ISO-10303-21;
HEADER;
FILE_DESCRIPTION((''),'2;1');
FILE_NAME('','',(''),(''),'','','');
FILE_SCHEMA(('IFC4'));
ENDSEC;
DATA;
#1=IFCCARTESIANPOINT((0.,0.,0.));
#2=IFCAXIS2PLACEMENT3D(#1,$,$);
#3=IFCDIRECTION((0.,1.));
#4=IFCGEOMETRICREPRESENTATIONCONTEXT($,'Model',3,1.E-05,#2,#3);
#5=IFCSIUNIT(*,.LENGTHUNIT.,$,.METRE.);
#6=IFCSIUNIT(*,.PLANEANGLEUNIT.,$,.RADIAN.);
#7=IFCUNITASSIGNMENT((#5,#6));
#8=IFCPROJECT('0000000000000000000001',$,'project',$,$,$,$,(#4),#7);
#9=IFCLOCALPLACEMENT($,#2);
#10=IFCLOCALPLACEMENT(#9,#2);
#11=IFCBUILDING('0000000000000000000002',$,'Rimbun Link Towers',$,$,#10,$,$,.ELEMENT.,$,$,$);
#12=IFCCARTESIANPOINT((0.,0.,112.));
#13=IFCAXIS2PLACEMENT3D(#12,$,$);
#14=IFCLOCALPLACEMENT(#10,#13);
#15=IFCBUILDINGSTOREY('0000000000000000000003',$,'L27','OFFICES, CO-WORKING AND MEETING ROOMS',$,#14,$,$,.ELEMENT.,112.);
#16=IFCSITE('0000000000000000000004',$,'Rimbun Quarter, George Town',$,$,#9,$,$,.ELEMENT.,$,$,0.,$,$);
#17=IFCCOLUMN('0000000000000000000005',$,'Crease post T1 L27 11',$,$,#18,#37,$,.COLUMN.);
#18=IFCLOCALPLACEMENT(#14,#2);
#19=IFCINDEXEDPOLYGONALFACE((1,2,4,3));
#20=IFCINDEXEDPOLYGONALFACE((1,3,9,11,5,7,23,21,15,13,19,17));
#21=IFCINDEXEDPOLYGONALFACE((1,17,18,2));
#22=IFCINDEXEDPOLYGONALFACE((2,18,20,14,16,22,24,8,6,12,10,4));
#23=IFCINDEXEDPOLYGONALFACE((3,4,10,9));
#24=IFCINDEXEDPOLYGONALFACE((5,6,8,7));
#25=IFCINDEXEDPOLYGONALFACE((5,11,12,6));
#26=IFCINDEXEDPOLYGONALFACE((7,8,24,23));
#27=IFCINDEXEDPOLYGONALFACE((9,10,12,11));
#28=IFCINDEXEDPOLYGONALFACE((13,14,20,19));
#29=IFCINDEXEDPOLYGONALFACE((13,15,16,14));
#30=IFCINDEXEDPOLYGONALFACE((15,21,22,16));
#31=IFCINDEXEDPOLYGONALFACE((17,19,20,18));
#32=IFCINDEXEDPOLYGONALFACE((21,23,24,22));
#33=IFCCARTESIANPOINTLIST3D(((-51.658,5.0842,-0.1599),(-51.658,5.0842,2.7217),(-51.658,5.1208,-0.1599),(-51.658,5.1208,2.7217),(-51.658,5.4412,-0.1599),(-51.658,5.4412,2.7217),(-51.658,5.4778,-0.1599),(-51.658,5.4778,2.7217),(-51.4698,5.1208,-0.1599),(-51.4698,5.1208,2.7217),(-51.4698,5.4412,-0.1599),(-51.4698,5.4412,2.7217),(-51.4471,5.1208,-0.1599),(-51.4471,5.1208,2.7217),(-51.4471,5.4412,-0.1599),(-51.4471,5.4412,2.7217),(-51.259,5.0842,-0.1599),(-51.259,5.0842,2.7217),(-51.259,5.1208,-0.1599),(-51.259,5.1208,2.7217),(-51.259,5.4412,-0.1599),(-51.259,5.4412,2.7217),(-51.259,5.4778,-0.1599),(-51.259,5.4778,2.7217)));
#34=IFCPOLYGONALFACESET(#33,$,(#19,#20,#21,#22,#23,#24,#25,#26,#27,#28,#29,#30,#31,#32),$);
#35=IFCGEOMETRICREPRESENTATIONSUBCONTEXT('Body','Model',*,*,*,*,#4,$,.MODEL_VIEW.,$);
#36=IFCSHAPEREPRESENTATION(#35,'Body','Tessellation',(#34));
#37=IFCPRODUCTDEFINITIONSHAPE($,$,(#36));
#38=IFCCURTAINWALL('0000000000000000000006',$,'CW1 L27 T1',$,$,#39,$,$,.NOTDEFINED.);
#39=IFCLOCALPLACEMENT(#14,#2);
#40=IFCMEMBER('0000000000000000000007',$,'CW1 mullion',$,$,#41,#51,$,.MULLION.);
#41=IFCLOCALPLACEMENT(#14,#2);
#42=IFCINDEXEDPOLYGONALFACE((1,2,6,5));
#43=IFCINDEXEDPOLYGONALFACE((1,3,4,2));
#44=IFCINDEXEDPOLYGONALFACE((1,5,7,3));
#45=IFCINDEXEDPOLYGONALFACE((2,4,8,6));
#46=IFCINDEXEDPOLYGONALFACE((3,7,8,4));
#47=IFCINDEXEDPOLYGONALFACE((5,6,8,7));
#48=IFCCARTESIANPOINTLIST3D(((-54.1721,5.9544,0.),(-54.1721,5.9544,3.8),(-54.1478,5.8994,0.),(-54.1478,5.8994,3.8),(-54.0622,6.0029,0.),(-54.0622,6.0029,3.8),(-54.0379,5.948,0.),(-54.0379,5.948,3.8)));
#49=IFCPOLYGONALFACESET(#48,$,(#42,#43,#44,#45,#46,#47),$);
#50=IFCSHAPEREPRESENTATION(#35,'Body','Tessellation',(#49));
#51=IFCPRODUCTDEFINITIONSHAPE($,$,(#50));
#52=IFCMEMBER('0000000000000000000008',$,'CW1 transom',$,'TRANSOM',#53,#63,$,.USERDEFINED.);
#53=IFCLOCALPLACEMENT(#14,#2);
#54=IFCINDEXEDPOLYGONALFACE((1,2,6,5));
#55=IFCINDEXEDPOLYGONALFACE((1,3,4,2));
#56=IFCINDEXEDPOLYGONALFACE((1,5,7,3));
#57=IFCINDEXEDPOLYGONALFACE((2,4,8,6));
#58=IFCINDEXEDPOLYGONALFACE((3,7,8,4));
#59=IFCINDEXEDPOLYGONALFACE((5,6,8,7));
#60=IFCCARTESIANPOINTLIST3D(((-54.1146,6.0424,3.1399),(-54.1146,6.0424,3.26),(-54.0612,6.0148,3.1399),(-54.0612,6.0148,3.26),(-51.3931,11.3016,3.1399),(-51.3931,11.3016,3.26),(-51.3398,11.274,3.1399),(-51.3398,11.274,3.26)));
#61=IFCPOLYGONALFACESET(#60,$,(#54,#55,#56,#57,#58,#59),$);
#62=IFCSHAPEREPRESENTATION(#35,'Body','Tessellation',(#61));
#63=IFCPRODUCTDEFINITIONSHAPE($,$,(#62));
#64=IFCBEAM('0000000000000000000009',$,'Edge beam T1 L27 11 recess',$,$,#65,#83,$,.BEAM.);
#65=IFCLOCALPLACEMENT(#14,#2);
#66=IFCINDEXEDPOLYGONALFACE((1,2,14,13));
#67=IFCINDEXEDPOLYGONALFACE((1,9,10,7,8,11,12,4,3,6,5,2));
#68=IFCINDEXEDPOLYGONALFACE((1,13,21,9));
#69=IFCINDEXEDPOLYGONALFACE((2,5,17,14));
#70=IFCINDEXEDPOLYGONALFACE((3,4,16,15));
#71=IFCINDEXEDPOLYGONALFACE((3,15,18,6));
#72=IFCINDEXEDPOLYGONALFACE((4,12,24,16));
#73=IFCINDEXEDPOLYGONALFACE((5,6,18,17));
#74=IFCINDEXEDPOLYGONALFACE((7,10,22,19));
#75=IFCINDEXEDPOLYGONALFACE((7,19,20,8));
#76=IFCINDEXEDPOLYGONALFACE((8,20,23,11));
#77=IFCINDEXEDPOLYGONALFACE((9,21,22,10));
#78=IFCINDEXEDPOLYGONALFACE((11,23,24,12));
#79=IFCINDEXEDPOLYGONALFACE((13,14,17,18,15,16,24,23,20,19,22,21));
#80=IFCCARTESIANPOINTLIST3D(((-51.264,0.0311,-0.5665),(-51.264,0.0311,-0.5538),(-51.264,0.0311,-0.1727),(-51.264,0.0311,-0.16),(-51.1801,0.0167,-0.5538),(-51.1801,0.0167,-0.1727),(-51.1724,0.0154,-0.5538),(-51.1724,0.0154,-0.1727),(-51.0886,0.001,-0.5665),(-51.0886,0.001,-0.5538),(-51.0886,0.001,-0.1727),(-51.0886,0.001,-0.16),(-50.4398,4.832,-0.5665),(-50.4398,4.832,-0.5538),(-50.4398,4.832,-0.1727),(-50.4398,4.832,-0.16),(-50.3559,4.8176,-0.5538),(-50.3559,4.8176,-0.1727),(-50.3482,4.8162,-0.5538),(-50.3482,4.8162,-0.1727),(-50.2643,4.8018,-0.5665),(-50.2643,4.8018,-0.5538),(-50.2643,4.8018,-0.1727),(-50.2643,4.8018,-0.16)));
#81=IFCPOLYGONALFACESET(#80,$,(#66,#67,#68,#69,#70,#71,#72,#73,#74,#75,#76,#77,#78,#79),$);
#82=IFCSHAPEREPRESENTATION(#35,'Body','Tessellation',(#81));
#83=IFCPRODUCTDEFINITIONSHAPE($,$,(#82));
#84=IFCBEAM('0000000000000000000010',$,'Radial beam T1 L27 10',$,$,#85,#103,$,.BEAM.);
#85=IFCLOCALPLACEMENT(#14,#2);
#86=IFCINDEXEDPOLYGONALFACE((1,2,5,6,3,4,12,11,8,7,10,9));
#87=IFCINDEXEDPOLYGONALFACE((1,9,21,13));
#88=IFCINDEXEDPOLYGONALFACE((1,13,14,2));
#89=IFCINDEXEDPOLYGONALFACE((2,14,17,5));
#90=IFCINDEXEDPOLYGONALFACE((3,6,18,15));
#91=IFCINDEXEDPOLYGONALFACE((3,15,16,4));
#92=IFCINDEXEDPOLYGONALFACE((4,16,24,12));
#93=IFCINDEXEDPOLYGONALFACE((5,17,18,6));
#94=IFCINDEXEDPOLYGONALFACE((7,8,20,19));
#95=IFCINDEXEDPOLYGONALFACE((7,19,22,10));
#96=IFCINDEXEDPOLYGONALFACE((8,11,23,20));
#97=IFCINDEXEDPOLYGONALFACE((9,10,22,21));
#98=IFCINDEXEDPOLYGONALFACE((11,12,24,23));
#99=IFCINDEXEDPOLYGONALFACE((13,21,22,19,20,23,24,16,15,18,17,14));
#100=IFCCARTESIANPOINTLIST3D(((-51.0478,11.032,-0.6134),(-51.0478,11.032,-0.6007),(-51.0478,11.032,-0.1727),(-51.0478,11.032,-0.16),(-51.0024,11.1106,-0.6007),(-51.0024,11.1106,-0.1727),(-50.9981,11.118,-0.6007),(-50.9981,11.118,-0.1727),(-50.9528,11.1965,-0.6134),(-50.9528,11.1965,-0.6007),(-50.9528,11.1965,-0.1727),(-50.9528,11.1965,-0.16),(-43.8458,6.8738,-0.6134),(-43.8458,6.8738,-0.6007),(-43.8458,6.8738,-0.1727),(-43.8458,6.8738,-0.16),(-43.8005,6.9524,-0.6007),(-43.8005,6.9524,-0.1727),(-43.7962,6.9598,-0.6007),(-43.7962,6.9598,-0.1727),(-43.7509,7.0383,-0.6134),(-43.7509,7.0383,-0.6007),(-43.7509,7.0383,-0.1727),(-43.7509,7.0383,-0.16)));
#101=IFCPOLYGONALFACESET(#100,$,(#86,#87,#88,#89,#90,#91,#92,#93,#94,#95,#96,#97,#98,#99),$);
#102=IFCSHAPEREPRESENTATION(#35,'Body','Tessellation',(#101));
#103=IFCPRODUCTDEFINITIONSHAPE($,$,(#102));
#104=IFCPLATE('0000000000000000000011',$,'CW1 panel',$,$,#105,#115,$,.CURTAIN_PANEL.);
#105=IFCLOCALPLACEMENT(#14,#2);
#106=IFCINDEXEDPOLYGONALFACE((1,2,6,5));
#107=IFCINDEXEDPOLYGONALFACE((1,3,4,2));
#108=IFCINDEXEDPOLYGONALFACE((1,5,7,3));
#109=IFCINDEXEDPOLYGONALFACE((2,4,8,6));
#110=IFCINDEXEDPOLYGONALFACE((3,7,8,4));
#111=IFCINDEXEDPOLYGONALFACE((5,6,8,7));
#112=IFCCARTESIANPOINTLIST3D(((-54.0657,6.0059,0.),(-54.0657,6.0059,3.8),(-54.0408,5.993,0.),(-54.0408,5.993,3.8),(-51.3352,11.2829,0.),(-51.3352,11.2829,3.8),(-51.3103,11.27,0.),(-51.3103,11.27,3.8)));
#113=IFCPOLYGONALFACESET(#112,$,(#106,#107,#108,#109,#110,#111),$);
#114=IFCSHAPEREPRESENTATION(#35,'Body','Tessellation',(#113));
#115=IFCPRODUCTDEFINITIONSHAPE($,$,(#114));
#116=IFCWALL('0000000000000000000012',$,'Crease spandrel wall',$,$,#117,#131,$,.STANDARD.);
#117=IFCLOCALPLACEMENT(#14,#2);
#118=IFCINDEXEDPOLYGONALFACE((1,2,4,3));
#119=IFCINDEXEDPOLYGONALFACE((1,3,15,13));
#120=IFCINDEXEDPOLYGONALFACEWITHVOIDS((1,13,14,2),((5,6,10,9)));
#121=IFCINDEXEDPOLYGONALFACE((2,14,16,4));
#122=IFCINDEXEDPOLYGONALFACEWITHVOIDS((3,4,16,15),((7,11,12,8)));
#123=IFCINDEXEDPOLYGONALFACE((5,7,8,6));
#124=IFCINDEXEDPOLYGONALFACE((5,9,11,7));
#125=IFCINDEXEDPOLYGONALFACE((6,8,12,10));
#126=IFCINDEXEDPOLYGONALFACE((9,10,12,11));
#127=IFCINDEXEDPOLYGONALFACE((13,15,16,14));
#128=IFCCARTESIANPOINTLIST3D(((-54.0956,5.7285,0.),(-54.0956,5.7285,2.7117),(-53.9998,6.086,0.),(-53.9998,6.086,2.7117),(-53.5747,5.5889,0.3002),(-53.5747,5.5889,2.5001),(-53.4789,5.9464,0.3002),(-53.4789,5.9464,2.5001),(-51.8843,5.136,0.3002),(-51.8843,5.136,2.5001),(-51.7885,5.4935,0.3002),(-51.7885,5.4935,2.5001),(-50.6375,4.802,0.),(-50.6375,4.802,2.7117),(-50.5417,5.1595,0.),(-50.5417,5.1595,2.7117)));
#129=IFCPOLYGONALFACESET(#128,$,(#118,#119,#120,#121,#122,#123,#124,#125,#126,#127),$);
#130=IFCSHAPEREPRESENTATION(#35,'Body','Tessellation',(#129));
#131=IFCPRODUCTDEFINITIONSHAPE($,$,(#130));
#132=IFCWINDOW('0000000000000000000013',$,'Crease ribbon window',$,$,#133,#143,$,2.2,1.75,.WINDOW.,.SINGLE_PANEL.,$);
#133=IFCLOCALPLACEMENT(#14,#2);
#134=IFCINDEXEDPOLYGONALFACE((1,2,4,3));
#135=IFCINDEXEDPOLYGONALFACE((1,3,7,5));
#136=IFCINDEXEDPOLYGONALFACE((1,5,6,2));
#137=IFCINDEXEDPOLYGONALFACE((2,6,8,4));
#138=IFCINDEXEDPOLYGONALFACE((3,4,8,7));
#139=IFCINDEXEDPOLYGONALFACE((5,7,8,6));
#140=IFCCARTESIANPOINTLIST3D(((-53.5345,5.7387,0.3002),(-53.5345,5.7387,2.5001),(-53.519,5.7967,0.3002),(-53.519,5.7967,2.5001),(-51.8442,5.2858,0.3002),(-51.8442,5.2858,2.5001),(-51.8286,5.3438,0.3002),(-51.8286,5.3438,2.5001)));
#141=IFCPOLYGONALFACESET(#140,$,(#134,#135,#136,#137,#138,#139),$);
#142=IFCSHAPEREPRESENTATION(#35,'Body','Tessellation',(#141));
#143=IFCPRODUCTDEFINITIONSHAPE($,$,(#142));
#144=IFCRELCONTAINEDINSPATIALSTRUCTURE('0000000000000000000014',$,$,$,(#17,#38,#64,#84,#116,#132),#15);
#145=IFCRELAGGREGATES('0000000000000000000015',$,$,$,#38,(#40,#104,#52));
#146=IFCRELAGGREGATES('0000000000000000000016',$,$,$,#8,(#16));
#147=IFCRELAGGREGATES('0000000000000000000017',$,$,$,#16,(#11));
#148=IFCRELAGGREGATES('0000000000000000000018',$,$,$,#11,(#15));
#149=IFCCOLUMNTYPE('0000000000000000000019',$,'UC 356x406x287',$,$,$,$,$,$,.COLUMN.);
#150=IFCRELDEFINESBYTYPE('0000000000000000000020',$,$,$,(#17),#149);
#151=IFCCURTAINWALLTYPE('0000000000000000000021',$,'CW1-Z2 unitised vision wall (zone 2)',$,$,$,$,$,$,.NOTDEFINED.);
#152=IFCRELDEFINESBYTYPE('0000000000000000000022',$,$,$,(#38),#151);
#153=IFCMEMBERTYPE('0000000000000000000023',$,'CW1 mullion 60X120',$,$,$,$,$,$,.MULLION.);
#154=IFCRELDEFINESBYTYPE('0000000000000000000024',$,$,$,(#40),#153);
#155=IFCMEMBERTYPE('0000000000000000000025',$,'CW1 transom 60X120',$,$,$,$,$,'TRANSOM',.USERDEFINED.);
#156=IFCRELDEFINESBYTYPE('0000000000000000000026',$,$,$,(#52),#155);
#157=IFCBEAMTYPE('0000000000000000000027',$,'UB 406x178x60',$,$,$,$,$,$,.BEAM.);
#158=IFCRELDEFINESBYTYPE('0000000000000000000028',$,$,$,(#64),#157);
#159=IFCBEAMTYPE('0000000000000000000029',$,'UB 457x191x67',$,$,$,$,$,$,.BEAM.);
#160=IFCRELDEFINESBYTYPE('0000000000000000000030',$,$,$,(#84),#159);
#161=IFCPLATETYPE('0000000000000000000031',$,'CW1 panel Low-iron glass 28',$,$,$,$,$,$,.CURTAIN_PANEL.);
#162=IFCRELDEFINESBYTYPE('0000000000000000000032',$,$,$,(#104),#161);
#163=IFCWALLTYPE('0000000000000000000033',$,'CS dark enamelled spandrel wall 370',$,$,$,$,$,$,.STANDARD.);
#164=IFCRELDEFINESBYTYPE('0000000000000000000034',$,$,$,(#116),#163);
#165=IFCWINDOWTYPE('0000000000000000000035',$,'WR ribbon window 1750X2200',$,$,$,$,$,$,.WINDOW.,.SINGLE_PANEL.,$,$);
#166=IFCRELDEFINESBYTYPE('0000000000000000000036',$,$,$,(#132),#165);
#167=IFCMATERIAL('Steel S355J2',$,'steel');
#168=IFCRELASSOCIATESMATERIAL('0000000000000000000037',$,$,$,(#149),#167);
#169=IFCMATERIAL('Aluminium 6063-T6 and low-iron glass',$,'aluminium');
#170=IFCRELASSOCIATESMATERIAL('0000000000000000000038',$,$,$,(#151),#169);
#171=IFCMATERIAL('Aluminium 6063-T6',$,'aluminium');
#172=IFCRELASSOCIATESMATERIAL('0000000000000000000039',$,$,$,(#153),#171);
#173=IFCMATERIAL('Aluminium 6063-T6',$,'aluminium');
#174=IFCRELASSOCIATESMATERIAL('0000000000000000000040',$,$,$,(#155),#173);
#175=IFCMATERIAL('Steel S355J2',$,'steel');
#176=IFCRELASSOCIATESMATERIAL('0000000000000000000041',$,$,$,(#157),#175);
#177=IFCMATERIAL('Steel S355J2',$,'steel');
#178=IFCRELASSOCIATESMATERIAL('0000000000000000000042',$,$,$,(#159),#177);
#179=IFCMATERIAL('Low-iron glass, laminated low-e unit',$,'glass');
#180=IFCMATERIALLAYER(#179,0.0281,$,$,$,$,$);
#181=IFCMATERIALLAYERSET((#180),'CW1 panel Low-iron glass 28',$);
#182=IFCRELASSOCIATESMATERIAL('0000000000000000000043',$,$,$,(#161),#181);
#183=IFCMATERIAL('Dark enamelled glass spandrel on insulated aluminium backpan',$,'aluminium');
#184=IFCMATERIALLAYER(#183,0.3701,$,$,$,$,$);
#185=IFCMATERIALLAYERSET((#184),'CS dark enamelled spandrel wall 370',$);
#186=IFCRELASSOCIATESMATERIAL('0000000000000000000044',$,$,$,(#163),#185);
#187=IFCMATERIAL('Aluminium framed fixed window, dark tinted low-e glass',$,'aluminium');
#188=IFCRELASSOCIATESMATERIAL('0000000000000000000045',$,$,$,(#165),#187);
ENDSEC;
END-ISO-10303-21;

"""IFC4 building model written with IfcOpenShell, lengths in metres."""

from ifc_helpers import new_model, si_unit, direction, frame, frame_2d, origin, origin_2d, place, context, subcontext, project, spatial, rectangle, i_section, extrude, material, layer, layer_set, material_profile, profile_set, type_object, element, fill, aggregate, save


model = new_model("IFC4")

# Units and contexts
model_context = context("Model", 3, precision=1e-05, world=origin(), true_north=direction((0.0, 1.0)))
body_context = subcontext(model_context, "Body", "Model", "MODEL_VIEW")
ifc_project = project(units=[si_unit("LENGTHUNIT", "METRE"), si_unit("PLANEANGLEUNIT", "RADIAN")], contexts=[model_context])

# Site, building, storey
site_placement = place(None, origin())
site = spatial("IfcSite", under=ifc_project, at=site_placement, Name="Rimbun Quarter, George Town", CompositionType="ELEMENT", RefElevation=0.0)
building_placement = place(site_placement, origin())
building = spatial("IfcBuilding", under=site, at=building_placement, Name="Rimbun Link Towers", CompositionType="ELEMENT")
storey_placement = place(building_placement, frame((0.0, 0.0, 112.0)))
storey = spatial("IfcBuildingStorey", under=building, at=storey_placement, Name="L27", Description="OFFICES, CO-WORKING AND MEETING ROOMS", CompositionType="ELEMENT", Elevation=112.0)

# Column
ifc_material_1 = material(Name="Steel S355J2", Category="steel")
ifc_material_profile_1 = material_profile(ifc_material_1, i_section(OverallWidth=0.3989, OverallDepth=0.3936, WebThickness=0.0227, FlangeThickness=0.0366, at=origin_2d()), Name="UC 356x406x287")
ifc_profile_set_1 = profile_set([ifc_material_profile_1], Name="Steel S355J2")
column_type = type_object("IfcColumnType", Name="UC 356x406x287", PredefinedType="COLUMN", material=ifc_profile_set_1)
column_placement = place(storey_placement, frame((-51.4585, 5.281, -0.1599), z_axis=(0.0, 0.0, 1.0), x_axis=(1.0, 0.0, 0.0)))
element("IfcColumn", 1, at=column_placement, inside=storey, type_object=column_type, Name="Crease post T1 L27 11", PredefinedType="COLUMN", context=body_context, shape_type="SweptSolid", body=[
    extrude(i_section(OverallWidth=0.3989, OverallDepth=0.3936, WebThickness=0.0227, FlangeThickness=0.0366, at=origin_2d()), origin(), (0.0, 0.0, 1.0), 2.8816),
])

# Curtain wall, members
ifc_material_2 = material(Name="Aluminium 6063-T6 and low-iron glass", Category="aluminium")
curtain_wall_type = type_object("IfcCurtainWallType", Name="CW1-Z2 unitised vision wall (zone 2)", PredefinedType="NOTDEFINED", material=ifc_material_2)
curtain_wall_placement = place(storey_placement, origin())
curtain_wall = element("IfcCurtainWall", 2, at=curtain_wall_placement, inside=storey, type_object=curtain_wall_type, Name="CW1 L27 T1", PredefinedType="NOTDEFINED")
ifc_material_3 = material(Name="Aluminium 6063-T6", Category="aluminium")
ifc_material_profile_2 = material_profile(ifc_material_3, rectangle(XDim=0.1201, YDim=0.0601, at=origin_2d()), Name="MULLION 60X120")
ifc_profile_set_2 = profile_set([ifc_material_profile_2], Name="Aluminium 6063-T6")
member_type_1 = type_object("IfcMemberType", Name="CW1 mullion 60X120", PredefinedType="MULLION", material=ifc_profile_set_2)
member_1_placement = place(storey_placement, frame((-54.105, 5.9512, 0.0), z_axis=(0.0, 0.0, 1.0), x_axis=(-0.914815, -0.403873, 0.0)))
member_1 = element("IfcMember", 3, at=member_1_placement, type_object=member_type_1, Name="CW1 mullion", PredefinedType="MULLION", context=body_context, shape_type="SweptSolid", body=[
    extrude(rectangle(XDim=0.1201, YDim=0.0601, at=origin_2d()), origin(), (0.0, 0.0, 1.0), 3.8),
])
ifc_material_4 = material(Name="Aluminium 6063-T6", Category="aluminium")
ifc_material_profile_3 = material_profile(ifc_material_4, rectangle(XDim=0.0601, YDim=0.1201, at=origin_2d()), Name="TRANSOM 60X120")
ifc_profile_set_3 = profile_set([ifc_material_profile_3], Name="Aluminium 6063-T6")
member_type_2 = type_object("IfcMemberType", Name="CW1 transom 60X120", ElementType="TRANSOM", PredefinedType="USERDEFINED", material=ifc_profile_set_3)
member_2_placement = place(storey_placement, frame((-54.0879, 6.0286, 3.2), z_axis=(0.459572, 0.88814, 0.0), x_axis=(-0.88814, 0.459572, 0.0)))
member_2 = element("IfcMember", 4, at=member_2_placement, type_object=member_type_2, Name="CW1 transom", ObjectType="TRANSOM", PredefinedType="USERDEFINED", context=body_context, shape_type="SweptSolid", body=[
    extrude(rectangle(XDim=0.0601, YDim=0.1201, at=origin_2d()), origin(), (0.0, 0.0, 1.0), 5.9216),
])

# Beams
ifc_material_5 = material(Name="Steel S355J2", Category="steel")
ifc_material_profile_4 = material_profile(ifc_material_5, i_section(OverallWidth=0.178, OverallDepth=0.4065, WebThickness=0.0078, FlangeThickness=0.0127, at=origin_2d()), Name="UB 406x178x60")
ifc_profile_set_4 = profile_set([ifc_material_profile_4], Name="Steel S355J2")
beam_type_1 = type_object("IfcBeamType", Name="UB 406x178x60", PredefinedType="BEAM", material=ifc_profile_set_4)
beam_1_placement = place(storey_placement, frame((-50.3521, 4.8169, -0.3633), z_axis=(-0.169209, -0.98558, 0.0), x_axis=(0.98558, -0.169209, 0.0)))
element("IfcBeam", 5, at=beam_1_placement, inside=storey, type_object=beam_type_1, Name="Edge beam T1 L27 11 recess", PredefinedType="BEAM", context=body_context, shape_type="SweptSolid", body=[
    extrude(i_section(OverallWidth=0.178, OverallDepth=0.4065, WebThickness=0.0078, FlangeThickness=0.0127, at=origin_2d()), origin(), (0.0, 0.0, 1.0), 4.8711),
])
ifc_material_6 = material(Name="Steel S355J2", Category="steel")
ifc_material_profile_5 = material_profile(ifc_material_6, i_section(OverallWidth=0.1899, OverallDepth=0.4534, WebThickness=0.0085, FlangeThickness=0.0127, at=origin_2d()), Name="UB 457x191x67")
ifc_profile_set_5 = profile_set([ifc_material_profile_5], Name="Steel S355J2")
beam_type_2 = type_object("IfcBeamType", Name="UB 457x191x67", PredefinedType="BEAM", material=ifc_profile_set_5)
beam_2_placement = place(storey_placement, frame((-43.7983, 6.9561, -0.3867), z_axis=(-0.866016, 0.500016, 0.0), x_axis=(-0.500016, -0.866016, 0.0)))
element("IfcBeam", 6, at=beam_2_placement, inside=storey, type_object=beam_type_2, Name="Radial beam T1 L27 10", PredefinedType="BEAM", context=body_context, shape_type="SweptSolid", body=[
    extrude(i_section(OverallWidth=0.1899, OverallDepth=0.4534, WebThickness=0.0085, FlangeThickness=0.0127, at=origin_2d()), origin(), (0.0, 0.0, 1.0), 8.3162),
])

# Plate
ifc_material_7 = material(Name="Low-iron glass, laminated low-e unit", Category="glass")
ifc_layer_1 = layer(ifc_material_7, 0.0281)
ifc_layer_set_1 = layer_set([ifc_layer_1], Name="CW1 panel Low-iron glass 28")
plate_type = type_object("IfcPlateType", Name="CW1 panel Low-iron glass 28", PredefinedType="CURTAIN_PANEL", material=ifc_layer_set_1)
plate_placement = place(storey_placement, frame((-52.688, 8.6379, 0.0), z_axis=(0.0, 0.0, 1.0), x_axis=(0.459555, 0.888149, 0.0)))
plate = element("IfcPlate", 7, at=plate_placement, type_object=plate_type, Name="CW1 panel", PredefinedType="CURTAIN_PANEL", context=body_context, shape_type="SweptSolid", body=[
    extrude(rectangle(XDim=5.9417, YDim=0.0281, at=origin_2d()), origin(), (0.0, 0.0, 1.0), 3.8),
])
aggregate(curtain_wall, [member_1, plate, member_2])

# Wall, opening, window
ifc_material_8 = material(Name="Dark enamelled glass spandrel on insulated aluminium backpan", Category="aluminium")
ifc_layer_2 = layer(ifc_material_8, 0.3701)
ifc_layer_set_2 = layer_set([ifc_layer_2], Name="CS dark enamelled spandrel wall 370")
wall_type_1 = type_object("IfcWallType", Name="CS dark enamelled spandrel wall 370", PredefinedType="STANDARD", material=ifc_layer_set_2)
wall_1_placement = place(storey_placement, frame((-50.5896, 4.9807, 0.0), z_axis=(0.0, 0.0, 1.0), x_axis=(-0.96593, 0.258804, 0.0)))
wall_1 = element("IfcWall", 8, at=wall_1_placement, inside=storey, type_object=wall_type_1, Name="Crease spandrel wall", PredefinedType="STANDARD", context=body_context, shape_type="SweptSolid", body=[
    extrude(rectangle(XDim=3.5801, YDim=0.3701, at=frame_2d((1.79, 0.0))), origin(), (0.0, 0.0, 1.0), 2.7117),
])
opening_1_placement = place(wall_1_placement, frame((1.2908, 0.0, 0.3)))
opening_1 = element("IfcOpeningElement", 9, at=opening_1_placement, cuts=wall_1, PredefinedType="OPENING", context=body_context, shape_type="SweptSolid", body=[
    extrude(rectangle(XDim=1.75, YDim=2.2, at=frame_2d((0.875, 1.1001))), frame((0.0, 0.1951, 0.0), z_axis=(0.0, -1.0, 0.0), x_axis=(1.0, 0.0, 0.0)), (0.0, 0.0, 1.0), 0.3901),
])
ifc_material_9 = material(Name="Aluminium framed fixed window, dark tinted low-e glass", Category="aluminium")
window_type = type_object("IfcWindowType", Name="WR ribbon window 1750X2200", PartitioningType="SINGLE_PANEL", PredefinedType="WINDOW", material=ifc_material_9)
window_placement = place(opening_1_placement, origin())
window = element("IfcWindow", 10, at=window_placement, inside=storey, type_object=window_type, Name="Crease ribbon window", OverallHeight=2.2, OverallWidth=1.75, PartitioningType="SINGLE_PANEL", PredefinedType="WINDOW", context=body_context, shape_type="SweptSolid", body=[
    extrude(rectangle(XDim=1.75, YDim=2.2, at=frame_2d((0.875, 1.1001))), frame((0.0, 0.03, 0.0), z_axis=(0.0, -1.0, 0.0), x_axis=(1.0, 0.0, 0.0)), (0.0, 0.0, 1.0), 0.0601),
])
fill(opening_1, window)

save(model, "model.ifc")
